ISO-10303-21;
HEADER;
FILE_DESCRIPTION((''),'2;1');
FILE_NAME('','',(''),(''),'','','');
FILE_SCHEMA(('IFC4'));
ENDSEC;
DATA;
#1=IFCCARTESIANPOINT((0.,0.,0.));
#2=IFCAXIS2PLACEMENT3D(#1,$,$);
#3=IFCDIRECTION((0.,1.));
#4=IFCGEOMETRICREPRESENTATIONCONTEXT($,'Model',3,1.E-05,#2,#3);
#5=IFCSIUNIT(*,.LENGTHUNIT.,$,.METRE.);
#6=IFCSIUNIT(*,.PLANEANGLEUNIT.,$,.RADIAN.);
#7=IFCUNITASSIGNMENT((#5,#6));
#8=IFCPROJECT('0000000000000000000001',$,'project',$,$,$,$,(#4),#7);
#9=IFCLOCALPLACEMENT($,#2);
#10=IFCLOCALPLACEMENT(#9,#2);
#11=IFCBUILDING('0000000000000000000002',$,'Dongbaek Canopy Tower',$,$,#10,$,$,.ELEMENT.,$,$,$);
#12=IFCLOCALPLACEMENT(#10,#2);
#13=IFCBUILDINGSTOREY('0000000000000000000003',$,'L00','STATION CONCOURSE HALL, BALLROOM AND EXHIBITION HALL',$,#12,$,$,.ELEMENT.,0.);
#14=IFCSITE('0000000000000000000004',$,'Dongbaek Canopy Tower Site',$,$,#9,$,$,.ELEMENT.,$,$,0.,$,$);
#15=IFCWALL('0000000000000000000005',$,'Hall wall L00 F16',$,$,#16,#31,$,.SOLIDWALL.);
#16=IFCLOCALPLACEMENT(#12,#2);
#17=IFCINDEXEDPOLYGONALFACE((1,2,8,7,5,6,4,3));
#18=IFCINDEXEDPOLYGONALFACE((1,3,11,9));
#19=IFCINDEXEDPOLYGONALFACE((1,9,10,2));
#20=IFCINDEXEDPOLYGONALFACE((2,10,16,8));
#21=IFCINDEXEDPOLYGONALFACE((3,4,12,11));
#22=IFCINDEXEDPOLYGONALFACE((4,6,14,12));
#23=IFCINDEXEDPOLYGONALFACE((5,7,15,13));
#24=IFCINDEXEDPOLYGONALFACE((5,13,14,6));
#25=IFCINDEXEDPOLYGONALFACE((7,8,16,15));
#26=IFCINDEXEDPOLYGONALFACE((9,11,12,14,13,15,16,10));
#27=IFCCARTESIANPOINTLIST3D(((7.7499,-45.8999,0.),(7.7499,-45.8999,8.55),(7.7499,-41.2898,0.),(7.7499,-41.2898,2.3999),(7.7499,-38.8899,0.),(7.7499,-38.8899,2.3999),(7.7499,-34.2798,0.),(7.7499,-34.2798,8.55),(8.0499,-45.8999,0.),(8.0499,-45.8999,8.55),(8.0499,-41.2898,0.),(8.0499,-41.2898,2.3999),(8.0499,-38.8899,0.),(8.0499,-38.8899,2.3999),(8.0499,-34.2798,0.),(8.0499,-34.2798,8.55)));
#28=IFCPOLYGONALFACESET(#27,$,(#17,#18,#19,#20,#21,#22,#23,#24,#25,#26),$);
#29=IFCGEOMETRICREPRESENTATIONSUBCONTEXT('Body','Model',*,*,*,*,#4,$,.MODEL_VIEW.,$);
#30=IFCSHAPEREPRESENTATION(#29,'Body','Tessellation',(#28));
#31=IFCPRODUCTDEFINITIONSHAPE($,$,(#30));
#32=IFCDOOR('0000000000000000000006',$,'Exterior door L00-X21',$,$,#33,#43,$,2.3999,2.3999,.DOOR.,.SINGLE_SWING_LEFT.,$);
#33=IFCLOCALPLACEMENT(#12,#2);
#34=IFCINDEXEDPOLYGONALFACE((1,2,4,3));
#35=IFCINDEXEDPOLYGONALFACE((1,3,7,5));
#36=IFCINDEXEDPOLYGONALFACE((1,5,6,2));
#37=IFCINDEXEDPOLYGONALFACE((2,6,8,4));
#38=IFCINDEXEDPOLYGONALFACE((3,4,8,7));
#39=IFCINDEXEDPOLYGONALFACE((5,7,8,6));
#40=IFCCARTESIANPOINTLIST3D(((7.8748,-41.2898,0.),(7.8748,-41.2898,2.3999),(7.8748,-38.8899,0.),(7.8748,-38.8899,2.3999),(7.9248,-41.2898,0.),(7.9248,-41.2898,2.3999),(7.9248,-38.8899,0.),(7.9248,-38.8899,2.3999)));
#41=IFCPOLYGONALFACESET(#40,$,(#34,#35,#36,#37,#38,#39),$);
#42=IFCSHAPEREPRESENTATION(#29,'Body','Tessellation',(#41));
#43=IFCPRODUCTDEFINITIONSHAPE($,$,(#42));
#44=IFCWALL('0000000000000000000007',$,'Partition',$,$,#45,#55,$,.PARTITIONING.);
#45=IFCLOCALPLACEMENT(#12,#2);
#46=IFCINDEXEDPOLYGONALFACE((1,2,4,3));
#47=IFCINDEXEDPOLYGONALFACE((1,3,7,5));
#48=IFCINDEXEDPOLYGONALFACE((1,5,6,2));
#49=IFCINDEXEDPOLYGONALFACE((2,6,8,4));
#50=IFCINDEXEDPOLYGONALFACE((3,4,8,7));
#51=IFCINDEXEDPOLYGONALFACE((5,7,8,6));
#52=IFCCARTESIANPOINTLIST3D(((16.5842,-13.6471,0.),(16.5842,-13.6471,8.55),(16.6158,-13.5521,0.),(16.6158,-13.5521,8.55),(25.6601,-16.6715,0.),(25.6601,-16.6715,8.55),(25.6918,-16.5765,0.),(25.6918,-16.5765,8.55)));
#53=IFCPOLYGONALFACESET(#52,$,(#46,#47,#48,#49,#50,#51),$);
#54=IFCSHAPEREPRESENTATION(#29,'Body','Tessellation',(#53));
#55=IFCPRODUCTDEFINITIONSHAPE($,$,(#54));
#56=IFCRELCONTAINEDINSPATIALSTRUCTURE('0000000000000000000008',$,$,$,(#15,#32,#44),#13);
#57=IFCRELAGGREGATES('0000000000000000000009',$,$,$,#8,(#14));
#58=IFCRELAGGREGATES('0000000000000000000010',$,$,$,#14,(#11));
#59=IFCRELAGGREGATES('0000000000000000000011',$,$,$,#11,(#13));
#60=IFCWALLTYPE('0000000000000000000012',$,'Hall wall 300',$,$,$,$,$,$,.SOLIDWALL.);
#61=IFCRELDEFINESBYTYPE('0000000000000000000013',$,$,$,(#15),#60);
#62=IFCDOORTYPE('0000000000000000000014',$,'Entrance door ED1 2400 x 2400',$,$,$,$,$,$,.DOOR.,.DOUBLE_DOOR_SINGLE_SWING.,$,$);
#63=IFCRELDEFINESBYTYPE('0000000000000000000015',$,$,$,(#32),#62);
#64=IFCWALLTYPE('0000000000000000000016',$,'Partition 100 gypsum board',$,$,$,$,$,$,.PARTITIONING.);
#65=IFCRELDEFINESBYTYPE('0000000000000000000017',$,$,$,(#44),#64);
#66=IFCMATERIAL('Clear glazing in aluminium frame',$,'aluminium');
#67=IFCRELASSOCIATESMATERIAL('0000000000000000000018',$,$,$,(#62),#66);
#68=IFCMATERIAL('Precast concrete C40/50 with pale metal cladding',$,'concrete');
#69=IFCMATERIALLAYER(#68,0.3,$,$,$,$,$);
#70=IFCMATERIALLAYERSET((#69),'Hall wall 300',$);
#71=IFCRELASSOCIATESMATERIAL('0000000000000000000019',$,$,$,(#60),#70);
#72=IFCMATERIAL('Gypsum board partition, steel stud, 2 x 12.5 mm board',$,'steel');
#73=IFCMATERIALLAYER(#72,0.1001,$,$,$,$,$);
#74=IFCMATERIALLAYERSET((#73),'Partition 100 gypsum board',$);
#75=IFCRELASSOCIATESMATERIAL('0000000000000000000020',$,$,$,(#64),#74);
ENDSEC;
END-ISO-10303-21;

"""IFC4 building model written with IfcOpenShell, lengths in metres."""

from ifc_helpers import new_model, si_unit, direction, frame, frame_2d, origin, place, context, subcontext, project, spatial, rectangle, extrude, material, layer, layer_set, type_object, element, fill, save


model = new_model("IFC4")

# Units and contexts
model_context = context("Model", 3, precision=1e-05, world=origin(), true_north=direction((0.0, 1.0)))
body_context = subcontext(model_context, "Body", "Model", "MODEL_VIEW")
ifc_project = project(units=[si_unit("LENGTHUNIT", "METRE"), si_unit("PLANEANGLEUNIT", "RADIAN")], contexts=[model_context])

# Site, building, storey
site_placement = place(None, origin())
site = spatial("IfcSite", under=ifc_project, at=site_placement, Name="Dongbaek Canopy Tower Site", CompositionType="ELEMENT", RefElevation=0.0)
building_placement = place(site_placement, origin())
building = spatial("IfcBuilding", under=site, at=building_placement, Name="Dongbaek Canopy Tower", CompositionType="ELEMENT")
storey_placement = place(building_placement, origin())
storey = spatial("IfcBuildingStorey", under=building, at=storey_placement, Name="L00", Description="STATION CONCOURSE HALL, BALLROOM AND EXHIBITION HALL", CompositionType="ELEMENT", Elevation=0.0)

# Shared definitions
ifc_material_1 = material(Name="Clear glazing in aluminium frame", Category="aluminium")
door_type_1 = type_object("IfcDoorType", Name="Entrance door ED1 2400 x 2400", OperationType="DOUBLE_DOOR_SINGLE_SWING", PredefinedType="DOOR", material=ifc_material_1)

# Wall, opening, door
ifc_material_2 = material(Name="Precast concrete C40/50 with pale metal cladding", Category="concrete")
ifc_layer_1 = layer(ifc_material_2, 0.3)
ifc_layer_set_1 = layer_set([ifc_layer_1], Name="Hall wall 300")
wall_type_1 = type_object("IfcWallType", Name="Hall wall 300", PredefinedType="SOLIDWALL", material=ifc_layer_set_1)
wall_1_placement = place(storey_placement, frame((7.8999, -34.2798, 0.0), z_axis=(0.0, 0.0, 1.0), x_axis=(0.0, -1.0, 0.0)))
wall_1 = element("IfcWall", 1, at=wall_1_placement, inside=storey, type_object=wall_type_1, Name="Hall wall L00 F16", PredefinedType="SOLIDWALL", context=body_context, shape_type="SweptSolid", body=[
    extrude(rectangle(XDim=11.6201, YDim=0.3, at=frame_2d((5.8101, 0.0))), origin(), (0.0, 0.0, 1.0), 8.55),
])
opening_1_placement = place(wall_1_placement, frame((4.6101, 0.0, 0.0)))
opening_1 = element("IfcOpeningElement", 2, at=opening_1_placement, cuts=wall_1, PredefinedType="OPENING", context=body_context, shape_type="SweptSolid", body=[
    extrude(rectangle(XDim=2.3999, YDim=2.3999, at=frame_2d((1.2, 1.2))), frame((0.0, 0.1599, 0.0), z_axis=(0.0, -1.0, 0.0), x_axis=(1.0, 0.0, 0.0)), (0.0, 0.0, 1.0), 0.3201),
])
door_1_placement = place(opening_1_placement, origin())
door_1 = element("IfcDoor", 3, at=door_1_placement, inside=storey, type_object=door_type_1, Name="Exterior door L00-X21", OperationType="SINGLE_SWING_LEFT", OverallHeight=2.3999, OverallWidth=2.3999, PredefinedType="DOOR", context=body_context, shape_type="SweptSolid", body=[
    extrude(rectangle(XDim=2.3999, YDim=2.3999, at=frame_2d((1.2, 1.2))), frame((0.0, 0.0249, 0.0), z_axis=(0.0, -1.0, 0.0), x_axis=(1.0, 0.0, 0.0)), (0.0, 0.0, 1.0), 0.05),
])
fill(opening_1, door_1)

# Wall
ifc_material_3 = material(Name="Gypsum board partition, steel stud, 2 x 12.5 mm board", Category="steel")
ifc_layer_2 = layer(ifc_material_3, 0.1001)
ifc_layer_set_2 = layer_set([ifc_layer_2], Name="Partition 100 gypsum board")
wall_type_2 = type_object("IfcWallType", Name="Partition 100 gypsum board", PredefinedType="PARTITIONING", material=ifc_layer_set_2)
wall_2_placement = place(storey_placement, frame((16.6001, -13.5996, 0.0), z_axis=(0.0, 0.0, 1.0), x_axis=(0.948711, -0.316144, 0.0)))
element("IfcWall", 4, at=wall_2_placement, inside=storey, type_object=wall_type_2, Name="Partition", PredefinedType="PARTITIONING", context=body_context, shape_type="SweptSolid", body=[
    extrude(rectangle(XDim=9.5667, YDim=0.1001, at=frame_2d((4.7832, 0.0))), origin(), (0.0, 0.0, 1.0), 8.55),
])

save(model, "model.ifc")
